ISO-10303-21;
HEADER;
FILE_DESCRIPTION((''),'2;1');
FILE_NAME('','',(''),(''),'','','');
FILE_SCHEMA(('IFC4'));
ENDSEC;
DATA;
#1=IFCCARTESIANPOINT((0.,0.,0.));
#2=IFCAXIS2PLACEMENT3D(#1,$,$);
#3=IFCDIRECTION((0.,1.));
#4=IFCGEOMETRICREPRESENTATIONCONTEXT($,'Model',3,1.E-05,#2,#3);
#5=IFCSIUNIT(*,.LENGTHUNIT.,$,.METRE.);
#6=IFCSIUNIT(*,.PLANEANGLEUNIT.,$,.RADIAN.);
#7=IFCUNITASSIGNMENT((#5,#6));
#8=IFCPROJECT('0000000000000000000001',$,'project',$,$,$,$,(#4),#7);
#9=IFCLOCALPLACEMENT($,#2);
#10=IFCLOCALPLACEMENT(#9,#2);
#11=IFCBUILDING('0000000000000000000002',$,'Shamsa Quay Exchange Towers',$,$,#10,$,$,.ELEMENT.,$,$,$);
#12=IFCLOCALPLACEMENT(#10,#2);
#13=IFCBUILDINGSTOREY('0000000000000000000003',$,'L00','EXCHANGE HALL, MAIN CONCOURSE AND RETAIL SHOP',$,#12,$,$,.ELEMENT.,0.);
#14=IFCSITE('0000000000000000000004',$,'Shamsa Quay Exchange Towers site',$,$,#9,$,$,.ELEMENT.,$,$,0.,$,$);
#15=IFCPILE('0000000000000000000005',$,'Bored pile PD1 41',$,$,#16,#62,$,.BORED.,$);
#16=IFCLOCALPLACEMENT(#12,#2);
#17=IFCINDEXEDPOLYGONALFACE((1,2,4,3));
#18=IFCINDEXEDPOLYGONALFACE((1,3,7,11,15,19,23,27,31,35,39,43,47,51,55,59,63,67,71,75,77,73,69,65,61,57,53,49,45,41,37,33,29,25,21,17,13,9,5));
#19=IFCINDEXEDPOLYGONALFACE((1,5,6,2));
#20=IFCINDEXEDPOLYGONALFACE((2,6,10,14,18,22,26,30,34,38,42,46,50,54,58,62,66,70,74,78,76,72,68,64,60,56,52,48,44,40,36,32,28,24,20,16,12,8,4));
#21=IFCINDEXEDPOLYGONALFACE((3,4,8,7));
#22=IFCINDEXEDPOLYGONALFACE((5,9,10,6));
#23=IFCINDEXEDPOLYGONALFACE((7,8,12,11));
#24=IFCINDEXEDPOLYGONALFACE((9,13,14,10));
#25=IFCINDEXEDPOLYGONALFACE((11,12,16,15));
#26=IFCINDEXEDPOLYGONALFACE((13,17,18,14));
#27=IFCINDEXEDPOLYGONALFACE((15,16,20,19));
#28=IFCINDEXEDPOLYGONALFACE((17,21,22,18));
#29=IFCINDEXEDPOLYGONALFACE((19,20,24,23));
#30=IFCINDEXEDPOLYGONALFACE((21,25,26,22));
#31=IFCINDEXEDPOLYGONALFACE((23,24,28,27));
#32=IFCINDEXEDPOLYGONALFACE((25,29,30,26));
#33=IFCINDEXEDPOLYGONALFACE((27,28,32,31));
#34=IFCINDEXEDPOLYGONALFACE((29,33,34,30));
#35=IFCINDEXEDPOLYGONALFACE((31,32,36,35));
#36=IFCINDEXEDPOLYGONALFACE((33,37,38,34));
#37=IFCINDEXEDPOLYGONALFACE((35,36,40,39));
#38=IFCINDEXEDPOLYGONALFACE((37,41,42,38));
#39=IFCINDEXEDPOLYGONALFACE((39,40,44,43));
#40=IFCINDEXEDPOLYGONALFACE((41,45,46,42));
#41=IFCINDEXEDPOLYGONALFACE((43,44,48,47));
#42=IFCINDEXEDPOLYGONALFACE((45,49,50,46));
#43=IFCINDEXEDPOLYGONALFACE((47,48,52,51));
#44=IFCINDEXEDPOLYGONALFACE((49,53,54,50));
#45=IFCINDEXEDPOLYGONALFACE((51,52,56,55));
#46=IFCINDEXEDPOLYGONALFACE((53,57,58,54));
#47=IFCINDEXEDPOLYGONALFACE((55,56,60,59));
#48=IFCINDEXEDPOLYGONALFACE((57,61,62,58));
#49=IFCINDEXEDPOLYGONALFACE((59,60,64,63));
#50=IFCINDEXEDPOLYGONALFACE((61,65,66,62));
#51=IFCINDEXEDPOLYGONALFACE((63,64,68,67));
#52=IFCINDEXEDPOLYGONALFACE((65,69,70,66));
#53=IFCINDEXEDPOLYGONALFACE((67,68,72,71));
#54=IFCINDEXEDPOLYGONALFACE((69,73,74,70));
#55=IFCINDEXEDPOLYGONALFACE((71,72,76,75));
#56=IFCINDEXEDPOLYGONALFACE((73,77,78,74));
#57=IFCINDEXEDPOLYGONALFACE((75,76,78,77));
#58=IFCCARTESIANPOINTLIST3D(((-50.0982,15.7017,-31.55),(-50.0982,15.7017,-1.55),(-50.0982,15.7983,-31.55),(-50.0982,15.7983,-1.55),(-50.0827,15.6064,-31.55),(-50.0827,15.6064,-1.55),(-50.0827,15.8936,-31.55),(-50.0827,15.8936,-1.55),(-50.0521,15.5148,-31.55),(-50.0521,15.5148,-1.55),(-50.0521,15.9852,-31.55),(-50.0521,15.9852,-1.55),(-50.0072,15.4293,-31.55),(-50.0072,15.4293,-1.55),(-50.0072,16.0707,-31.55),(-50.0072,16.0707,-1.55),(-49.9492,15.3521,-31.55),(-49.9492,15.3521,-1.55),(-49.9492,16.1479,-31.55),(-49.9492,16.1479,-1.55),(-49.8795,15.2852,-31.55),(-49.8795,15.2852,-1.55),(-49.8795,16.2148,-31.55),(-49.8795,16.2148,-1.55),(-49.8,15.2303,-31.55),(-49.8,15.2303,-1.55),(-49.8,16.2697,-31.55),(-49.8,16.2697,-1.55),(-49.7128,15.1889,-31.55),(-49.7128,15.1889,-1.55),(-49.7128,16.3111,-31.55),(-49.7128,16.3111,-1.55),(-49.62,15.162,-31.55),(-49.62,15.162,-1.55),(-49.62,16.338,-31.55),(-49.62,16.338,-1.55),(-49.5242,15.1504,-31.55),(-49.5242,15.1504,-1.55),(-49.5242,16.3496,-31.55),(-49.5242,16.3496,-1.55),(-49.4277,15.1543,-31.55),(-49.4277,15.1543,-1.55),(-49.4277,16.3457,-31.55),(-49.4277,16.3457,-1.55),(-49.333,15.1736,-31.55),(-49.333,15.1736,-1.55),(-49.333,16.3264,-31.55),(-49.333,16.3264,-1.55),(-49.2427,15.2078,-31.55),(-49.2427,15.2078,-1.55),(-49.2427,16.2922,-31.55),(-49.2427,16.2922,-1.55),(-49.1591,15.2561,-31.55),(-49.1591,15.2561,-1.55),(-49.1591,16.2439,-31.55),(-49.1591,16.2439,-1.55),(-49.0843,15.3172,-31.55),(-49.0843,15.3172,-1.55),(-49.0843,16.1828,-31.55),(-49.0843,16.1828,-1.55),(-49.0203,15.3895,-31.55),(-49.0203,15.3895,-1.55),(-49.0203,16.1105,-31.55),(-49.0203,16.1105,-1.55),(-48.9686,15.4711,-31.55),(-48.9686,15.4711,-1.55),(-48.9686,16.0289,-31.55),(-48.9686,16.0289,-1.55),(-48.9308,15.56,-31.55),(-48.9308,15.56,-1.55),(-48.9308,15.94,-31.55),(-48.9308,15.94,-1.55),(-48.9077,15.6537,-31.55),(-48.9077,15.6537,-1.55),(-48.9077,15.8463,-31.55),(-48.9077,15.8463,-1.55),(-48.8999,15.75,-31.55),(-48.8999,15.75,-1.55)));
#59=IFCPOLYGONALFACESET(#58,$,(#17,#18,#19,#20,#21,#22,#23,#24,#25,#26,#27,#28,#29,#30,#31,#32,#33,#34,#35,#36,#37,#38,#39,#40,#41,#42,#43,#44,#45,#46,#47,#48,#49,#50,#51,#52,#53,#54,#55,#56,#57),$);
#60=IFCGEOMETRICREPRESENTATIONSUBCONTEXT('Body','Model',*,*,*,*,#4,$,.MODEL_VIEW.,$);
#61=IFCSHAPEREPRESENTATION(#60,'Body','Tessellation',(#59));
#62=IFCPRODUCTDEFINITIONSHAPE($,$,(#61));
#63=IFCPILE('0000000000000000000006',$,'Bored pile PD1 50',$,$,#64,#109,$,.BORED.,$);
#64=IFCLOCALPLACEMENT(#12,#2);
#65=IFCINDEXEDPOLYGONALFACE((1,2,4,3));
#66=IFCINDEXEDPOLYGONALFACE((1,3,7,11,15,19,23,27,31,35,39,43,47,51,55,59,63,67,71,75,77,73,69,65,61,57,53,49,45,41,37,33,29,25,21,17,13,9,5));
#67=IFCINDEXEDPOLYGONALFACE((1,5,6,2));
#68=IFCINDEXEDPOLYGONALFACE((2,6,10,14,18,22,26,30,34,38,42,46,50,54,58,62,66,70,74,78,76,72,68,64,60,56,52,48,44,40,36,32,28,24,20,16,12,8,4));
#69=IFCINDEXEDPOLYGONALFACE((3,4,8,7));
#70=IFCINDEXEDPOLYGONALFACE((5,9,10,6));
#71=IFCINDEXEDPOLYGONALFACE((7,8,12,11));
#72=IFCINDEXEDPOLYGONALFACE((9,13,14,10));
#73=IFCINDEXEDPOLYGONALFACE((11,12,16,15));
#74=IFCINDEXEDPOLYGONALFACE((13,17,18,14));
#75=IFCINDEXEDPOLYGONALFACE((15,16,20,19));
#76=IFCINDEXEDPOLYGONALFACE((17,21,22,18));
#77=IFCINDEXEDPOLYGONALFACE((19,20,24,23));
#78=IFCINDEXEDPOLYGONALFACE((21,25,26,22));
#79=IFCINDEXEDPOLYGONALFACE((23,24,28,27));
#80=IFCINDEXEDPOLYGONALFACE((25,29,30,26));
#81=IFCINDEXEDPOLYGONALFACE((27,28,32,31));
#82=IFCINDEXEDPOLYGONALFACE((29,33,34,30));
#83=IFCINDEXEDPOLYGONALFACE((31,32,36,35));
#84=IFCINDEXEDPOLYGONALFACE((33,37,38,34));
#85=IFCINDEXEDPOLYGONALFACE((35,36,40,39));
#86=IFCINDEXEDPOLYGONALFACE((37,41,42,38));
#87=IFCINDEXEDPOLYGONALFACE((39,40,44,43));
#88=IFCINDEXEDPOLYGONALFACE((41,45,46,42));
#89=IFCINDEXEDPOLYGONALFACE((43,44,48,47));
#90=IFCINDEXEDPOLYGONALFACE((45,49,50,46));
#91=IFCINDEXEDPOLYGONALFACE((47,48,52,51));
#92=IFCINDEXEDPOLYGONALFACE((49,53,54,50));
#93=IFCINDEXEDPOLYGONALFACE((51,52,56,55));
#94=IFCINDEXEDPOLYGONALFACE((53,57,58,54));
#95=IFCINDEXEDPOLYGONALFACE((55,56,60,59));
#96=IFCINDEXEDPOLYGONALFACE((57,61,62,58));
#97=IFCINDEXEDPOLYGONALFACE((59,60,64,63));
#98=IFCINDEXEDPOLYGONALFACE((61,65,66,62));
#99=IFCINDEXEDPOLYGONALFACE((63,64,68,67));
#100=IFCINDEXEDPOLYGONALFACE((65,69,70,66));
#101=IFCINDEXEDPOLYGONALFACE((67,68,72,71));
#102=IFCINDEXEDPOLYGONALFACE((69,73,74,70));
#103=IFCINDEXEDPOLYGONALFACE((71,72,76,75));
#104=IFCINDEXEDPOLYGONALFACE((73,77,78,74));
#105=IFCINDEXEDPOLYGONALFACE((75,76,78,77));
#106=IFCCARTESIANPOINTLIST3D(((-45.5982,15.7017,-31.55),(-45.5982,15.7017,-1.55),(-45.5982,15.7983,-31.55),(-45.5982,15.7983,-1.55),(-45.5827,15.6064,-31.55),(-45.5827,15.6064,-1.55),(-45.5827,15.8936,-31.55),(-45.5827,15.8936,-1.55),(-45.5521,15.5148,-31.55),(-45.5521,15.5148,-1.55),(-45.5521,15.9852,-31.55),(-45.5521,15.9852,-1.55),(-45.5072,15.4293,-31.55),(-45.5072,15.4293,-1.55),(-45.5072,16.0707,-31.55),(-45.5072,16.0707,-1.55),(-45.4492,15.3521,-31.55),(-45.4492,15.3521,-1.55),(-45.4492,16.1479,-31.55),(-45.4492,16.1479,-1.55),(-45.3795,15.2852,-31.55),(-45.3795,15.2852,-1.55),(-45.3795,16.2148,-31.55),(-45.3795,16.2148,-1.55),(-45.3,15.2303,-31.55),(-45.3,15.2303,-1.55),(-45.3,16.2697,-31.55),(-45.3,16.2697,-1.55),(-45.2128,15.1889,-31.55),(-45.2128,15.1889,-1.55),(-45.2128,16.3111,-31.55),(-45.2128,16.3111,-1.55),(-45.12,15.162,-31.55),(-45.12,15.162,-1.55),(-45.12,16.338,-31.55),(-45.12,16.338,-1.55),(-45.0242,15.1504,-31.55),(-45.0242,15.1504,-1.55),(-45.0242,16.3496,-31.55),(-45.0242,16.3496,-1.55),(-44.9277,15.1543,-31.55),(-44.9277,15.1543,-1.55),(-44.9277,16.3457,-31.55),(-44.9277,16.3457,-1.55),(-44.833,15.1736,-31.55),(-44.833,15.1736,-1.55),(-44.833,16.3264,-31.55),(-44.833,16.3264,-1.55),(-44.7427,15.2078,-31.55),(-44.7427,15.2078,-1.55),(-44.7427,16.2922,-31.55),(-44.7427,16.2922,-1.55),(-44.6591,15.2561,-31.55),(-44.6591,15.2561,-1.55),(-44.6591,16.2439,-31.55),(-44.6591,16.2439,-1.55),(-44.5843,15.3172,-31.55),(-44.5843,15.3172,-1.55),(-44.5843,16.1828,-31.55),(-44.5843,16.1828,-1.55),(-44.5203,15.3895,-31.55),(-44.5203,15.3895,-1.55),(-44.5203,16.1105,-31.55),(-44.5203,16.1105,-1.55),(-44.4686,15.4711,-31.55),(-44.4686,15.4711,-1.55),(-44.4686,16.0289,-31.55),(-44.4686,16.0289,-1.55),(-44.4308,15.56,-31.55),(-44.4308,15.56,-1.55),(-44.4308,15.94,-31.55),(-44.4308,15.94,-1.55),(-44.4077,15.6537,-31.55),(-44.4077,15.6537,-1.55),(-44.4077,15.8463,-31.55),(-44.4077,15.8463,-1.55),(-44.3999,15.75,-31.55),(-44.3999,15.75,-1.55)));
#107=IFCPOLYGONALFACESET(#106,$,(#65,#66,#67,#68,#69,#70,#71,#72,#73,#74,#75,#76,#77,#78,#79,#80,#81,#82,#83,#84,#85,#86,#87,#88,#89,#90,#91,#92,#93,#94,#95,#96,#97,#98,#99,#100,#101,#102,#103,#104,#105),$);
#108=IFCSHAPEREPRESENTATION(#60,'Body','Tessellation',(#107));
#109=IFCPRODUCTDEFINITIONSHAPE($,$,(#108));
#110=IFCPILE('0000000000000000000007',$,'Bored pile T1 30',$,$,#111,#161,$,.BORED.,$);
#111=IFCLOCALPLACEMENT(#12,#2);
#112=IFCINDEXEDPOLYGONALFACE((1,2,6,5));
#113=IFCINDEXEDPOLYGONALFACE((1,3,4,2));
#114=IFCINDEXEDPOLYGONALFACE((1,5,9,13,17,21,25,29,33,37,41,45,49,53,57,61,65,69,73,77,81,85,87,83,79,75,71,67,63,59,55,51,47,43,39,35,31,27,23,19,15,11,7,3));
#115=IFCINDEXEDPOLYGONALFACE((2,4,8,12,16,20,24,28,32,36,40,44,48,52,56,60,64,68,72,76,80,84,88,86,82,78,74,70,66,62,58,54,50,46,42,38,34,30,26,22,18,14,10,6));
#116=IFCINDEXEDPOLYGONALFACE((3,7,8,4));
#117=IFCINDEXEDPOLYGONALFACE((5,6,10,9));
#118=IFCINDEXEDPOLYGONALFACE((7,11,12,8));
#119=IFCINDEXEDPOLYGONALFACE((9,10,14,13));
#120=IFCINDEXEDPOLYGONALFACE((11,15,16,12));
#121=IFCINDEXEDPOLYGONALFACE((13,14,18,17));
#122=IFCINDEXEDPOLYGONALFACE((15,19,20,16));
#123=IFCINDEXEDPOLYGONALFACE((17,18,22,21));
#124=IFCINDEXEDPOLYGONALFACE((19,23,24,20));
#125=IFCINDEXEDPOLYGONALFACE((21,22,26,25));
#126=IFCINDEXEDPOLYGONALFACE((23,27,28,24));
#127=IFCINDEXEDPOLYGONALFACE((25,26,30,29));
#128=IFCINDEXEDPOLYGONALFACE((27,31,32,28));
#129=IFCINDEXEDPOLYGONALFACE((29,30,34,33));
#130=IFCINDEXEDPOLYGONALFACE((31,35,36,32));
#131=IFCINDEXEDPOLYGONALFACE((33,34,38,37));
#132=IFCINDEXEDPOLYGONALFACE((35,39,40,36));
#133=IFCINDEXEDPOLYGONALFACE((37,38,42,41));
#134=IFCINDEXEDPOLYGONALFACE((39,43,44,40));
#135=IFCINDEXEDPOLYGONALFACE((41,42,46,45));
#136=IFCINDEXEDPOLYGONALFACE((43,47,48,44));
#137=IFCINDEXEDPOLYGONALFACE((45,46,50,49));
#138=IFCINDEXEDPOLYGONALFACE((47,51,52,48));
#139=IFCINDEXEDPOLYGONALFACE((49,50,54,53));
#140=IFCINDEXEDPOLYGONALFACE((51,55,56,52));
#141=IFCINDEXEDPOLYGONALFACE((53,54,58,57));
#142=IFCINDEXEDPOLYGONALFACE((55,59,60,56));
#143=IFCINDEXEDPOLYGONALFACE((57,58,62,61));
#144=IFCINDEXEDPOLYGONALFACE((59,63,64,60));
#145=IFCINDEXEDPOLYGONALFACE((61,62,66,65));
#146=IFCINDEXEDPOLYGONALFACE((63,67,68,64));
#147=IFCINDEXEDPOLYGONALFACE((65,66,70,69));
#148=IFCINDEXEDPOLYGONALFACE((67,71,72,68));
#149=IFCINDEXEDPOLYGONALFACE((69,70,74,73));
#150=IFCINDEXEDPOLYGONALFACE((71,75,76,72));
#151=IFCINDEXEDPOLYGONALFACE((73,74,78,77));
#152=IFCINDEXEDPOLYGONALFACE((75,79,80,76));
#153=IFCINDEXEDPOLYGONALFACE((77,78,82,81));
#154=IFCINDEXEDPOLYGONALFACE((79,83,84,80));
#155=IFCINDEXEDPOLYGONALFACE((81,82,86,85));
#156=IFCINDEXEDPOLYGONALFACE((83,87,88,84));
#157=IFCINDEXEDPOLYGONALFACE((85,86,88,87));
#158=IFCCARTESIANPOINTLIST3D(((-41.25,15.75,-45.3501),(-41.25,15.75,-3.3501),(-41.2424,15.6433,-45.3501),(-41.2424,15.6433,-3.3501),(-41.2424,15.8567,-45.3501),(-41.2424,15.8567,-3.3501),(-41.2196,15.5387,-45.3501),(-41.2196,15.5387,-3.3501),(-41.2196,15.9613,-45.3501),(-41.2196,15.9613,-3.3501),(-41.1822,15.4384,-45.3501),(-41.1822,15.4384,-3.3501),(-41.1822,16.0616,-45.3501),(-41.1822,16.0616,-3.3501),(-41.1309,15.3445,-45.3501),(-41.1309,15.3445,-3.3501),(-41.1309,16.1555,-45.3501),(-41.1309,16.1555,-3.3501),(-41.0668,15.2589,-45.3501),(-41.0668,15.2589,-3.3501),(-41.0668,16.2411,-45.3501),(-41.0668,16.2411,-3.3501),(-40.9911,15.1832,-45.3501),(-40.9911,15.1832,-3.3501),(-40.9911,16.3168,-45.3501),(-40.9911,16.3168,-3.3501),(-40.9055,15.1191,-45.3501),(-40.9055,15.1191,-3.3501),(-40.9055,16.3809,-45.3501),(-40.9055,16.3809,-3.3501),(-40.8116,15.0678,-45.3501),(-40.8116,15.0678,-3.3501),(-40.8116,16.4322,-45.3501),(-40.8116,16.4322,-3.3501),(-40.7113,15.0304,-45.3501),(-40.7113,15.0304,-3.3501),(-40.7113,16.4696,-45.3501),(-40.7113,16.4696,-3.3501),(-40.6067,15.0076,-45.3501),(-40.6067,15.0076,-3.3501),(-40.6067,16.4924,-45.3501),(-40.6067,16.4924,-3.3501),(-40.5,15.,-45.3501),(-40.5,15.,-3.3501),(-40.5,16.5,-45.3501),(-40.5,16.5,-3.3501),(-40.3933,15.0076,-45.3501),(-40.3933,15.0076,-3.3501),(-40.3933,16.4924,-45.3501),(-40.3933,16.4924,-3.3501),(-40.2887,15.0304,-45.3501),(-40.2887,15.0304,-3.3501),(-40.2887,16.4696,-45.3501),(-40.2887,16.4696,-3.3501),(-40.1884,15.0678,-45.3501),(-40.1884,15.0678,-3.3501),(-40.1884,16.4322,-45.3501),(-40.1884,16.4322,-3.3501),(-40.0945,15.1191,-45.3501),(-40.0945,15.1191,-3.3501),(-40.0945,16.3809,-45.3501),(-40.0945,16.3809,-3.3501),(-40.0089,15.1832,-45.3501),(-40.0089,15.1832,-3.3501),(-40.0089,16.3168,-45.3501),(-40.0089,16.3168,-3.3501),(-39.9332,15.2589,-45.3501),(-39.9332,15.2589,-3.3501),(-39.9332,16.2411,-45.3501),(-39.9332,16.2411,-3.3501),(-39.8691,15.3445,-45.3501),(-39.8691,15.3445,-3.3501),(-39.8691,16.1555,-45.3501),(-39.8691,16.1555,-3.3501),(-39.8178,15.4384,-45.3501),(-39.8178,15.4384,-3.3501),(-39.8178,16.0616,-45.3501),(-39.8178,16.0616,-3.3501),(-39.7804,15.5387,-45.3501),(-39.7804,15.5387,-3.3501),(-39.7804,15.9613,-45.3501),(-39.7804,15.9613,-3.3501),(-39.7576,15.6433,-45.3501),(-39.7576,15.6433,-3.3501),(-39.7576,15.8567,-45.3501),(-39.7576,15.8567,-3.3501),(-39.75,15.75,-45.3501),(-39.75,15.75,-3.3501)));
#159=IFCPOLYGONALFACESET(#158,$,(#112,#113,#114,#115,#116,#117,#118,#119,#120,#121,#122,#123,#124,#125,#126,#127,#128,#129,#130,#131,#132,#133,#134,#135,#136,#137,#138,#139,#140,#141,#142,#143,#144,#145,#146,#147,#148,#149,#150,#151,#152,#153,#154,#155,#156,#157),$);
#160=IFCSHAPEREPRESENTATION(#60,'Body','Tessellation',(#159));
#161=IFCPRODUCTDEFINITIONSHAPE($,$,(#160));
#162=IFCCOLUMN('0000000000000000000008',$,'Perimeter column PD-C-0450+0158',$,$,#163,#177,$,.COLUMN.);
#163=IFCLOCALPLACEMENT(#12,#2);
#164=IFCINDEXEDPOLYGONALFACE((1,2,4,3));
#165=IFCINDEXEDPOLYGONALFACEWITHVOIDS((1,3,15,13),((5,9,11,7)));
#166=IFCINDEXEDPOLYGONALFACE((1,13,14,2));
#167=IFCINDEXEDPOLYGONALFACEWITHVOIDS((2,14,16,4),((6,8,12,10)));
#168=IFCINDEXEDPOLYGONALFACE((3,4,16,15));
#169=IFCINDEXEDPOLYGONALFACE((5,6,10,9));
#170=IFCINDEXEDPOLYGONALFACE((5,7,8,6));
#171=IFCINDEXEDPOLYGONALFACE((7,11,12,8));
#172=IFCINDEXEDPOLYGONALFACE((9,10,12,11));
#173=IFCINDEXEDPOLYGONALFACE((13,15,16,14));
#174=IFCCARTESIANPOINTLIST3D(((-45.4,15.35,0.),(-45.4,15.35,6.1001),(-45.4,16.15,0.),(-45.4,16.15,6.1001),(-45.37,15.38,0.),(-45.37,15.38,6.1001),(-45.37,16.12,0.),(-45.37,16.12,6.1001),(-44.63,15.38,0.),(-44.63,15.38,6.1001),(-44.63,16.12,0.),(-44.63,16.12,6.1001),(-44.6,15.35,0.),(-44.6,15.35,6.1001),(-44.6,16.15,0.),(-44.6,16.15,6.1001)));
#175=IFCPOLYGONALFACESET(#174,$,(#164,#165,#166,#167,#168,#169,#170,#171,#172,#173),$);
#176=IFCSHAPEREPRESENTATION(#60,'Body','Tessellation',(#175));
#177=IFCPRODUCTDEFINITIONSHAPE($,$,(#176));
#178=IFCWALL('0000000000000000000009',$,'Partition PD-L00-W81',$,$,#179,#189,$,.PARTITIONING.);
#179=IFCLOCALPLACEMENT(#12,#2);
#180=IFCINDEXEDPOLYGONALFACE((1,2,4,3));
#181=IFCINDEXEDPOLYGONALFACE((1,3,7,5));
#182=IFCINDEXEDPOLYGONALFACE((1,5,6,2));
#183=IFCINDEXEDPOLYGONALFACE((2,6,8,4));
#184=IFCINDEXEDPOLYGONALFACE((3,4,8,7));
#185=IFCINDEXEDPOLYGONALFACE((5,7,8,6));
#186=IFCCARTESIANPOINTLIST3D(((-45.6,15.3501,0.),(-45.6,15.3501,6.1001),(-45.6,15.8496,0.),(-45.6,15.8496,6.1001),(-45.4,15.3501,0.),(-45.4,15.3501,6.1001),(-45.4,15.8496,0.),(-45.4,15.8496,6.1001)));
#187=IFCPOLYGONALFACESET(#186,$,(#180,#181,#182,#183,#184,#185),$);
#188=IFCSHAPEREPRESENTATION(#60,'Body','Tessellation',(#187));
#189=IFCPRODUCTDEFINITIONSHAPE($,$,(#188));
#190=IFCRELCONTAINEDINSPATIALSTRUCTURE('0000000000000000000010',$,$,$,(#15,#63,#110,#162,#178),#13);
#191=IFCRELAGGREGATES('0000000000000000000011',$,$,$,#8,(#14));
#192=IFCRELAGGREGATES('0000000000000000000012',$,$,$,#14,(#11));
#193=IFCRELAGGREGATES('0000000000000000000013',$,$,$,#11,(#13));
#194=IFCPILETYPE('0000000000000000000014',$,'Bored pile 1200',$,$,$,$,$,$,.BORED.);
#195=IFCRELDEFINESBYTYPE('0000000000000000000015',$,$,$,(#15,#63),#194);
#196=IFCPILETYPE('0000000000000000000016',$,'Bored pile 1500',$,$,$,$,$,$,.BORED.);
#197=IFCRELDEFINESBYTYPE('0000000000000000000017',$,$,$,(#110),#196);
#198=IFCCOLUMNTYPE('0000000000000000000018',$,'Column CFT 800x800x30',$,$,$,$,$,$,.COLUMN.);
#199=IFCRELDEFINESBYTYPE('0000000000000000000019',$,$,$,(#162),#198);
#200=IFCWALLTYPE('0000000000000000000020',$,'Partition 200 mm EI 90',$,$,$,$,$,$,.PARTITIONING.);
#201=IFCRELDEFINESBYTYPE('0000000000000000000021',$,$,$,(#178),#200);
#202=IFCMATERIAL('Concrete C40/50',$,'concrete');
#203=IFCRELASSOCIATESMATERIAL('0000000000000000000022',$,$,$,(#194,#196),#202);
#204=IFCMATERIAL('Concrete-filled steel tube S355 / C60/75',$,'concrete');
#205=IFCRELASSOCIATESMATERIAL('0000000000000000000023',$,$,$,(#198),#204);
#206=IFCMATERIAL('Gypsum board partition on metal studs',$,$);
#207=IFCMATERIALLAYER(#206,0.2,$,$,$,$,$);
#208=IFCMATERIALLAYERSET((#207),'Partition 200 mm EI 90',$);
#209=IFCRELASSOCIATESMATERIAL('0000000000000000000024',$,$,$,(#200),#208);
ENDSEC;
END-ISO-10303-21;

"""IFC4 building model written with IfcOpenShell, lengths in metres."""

from ifc_helpers import new_model, si_unit, direction, frame, frame_2d, origin, origin_2d, place, context, subcontext, project, spatial, rectangle, hollow_rectangle, circle, extrude, material, layer, layer_set, material_profile, profile_set, type_object, element, save


model = new_model("IFC4")

# Units and contexts
model_context = context("Model", 3, precision=1e-05, world=origin(), true_north=direction((0.0, 1.0)))
body_context = subcontext(model_context, "Body", "Model", "MODEL_VIEW")
ifc_project = project(units=[si_unit("LENGTHUNIT", "METRE"), si_unit("PLANEANGLEUNIT", "RADIAN")], contexts=[model_context])

# Site, building, storey
site_placement = place(None, origin())
site = spatial("IfcSite", under=ifc_project, at=site_placement, Name="Shamsa Quay Exchange Towers site", CompositionType="ELEMENT", RefElevation=0.0)
building_placement = place(site_placement, origin())
building = spatial("IfcBuilding", under=site, at=building_placement, Name="Shamsa Quay Exchange Towers", CompositionType="ELEMENT")
storey_placement = place(building_placement, origin())
storey = spatial("IfcBuildingStorey", under=building, at=storey_placement, Name="L00", Description="EXCHANGE HALL, MAIN CONCOURSE AND RETAIL SHOP", CompositionType="ELEMENT", Elevation=0.0)

# Piles
ifc_material_1 = material(Name="Concrete C40/50", Category="concrete")
ifc_material_profile_1 = material_profile(ifc_material_1, circle(Radius=0.6001, at=origin_2d()), Name="BP1200")
ifc_profile_set_1 = profile_set([ifc_material_profile_1], Name="Concrete C40/50")
pile_type_1 = type_object("IfcPileType", Name="Bored pile 1200", PredefinedType="BORED", material=ifc_profile_set_1)
for number, where, z_axis, x_axis, name in (
    (1, (-49.5, 15.75, -1.55), (0.0, 0.0, -1.0), (1.0, 0.0, 0.0), "Bored pile PD1 41"),
    (2, (-45.0, 15.75, -1.55), (0.0, 0.0, -1.0), (1.0, 0.0, 0.0), "Bored pile PD1 50"),
):
    element("IfcPile", number, at=place(storey_placement, frame(where, z_axis=z_axis, x_axis=x_axis)), inside=storey, type_object=pile_type_1, Name=name, PredefinedType="BORED", context=body_context, shape_type="SweptSolid", body=[
        extrude(circle(Radius=0.6001, at=origin_2d()), origin(), (0.0, 0.0, 1.0), 30.0),
    ])
ifc_material_profile_2 = material_profile(ifc_material_1, circle(Radius=0.75, at=origin_2d()), Name="BP1500")
ifc_profile_set_2 = profile_set([ifc_material_profile_2], Name="Concrete C40/50")
pile_type_2 = type_object("IfcPileType", Name="Bored pile 1500", PredefinedType="BORED", material=ifc_profile_set_2)
pile_placement = place(storey_placement, frame((-40.5, 15.75, -3.3501), z_axis=(0.0, 0.0, -1.0), x_axis=(1.0, 0.0, 0.0)))
element("IfcPile", 3, at=pile_placement, inside=storey, type_object=pile_type_2, Name="Bored pile T1 30", PredefinedType="BORED", context=body_context, shape_type="SweptSolid", body=[
    extrude(circle(Radius=0.75, at=origin_2d()), origin(), (0.0, 0.0, 1.0), 42.0),
])

# Column
ifc_material_2 = material(Name="Concrete-filled steel tube S355 / C60/75", Category="concrete")
ifc_material_profile_3 = material_profile(ifc_material_2, hollow_rectangle(XDim=0.8, YDim=0.8, WallThickness=0.03, at=origin_2d()), Name="CFT 800x800x30")
ifc_profile_set_3 = profile_set([ifc_material_profile_3], Name="Concrete-filled steel tube S355 / C60/75")
column_type = type_object("IfcColumnType", Name="Column CFT 800x800x30", PredefinedType="COLUMN", material=ifc_profile_set_3)
column_placement = place(storey_placement, frame((-45.0, 15.75, 0.0)))
element("IfcColumn", 4, at=column_placement, inside=storey, type_object=column_type, Name="Perimeter column PD-C-0450+0158", PredefinedType="COLUMN", context=body_context, shape_type="SweptSolid", body=[
    extrude(hollow_rectangle(XDim=0.8, YDim=0.8, WallThickness=0.03, at=origin_2d()), origin(), (0.0, 0.0, 1.0), 6.1001),
])

# Wall
ifc_material_3 = material(Name="Gypsum board partition on metal studs")
ifc_layer_1 = layer(ifc_material_3, 0.2)
ifc_layer_set_1 = layer_set([ifc_layer_1], Name="Partition 200 mm EI 90")
wall_type_1 = type_object("IfcWallType", Name="Partition 200 mm EI 90", PredefinedType="PARTITIONING", material=ifc_layer_set_1)
wall_1_placement = place(storey_placement, frame((-45.5, 15.8496, 0.0), z_axis=(0.0, 0.0, 1.0), x_axis=(0.0, -1.0, 0.0)))
element("IfcWall", 5, at=wall_1_placement, inside=storey, type_object=wall_type_1, Name="Partition PD-L00-W81", PredefinedType="PARTITIONING", context=body_context, shape_type="SweptSolid", body=[
    extrude(rectangle(XDim=0.4995, YDim=0.2, at=frame_2d((0.2498, 0.0))), origin(), (0.0, 0.0, 1.0), 6.1001),
])

save(model, "model.ifc")
